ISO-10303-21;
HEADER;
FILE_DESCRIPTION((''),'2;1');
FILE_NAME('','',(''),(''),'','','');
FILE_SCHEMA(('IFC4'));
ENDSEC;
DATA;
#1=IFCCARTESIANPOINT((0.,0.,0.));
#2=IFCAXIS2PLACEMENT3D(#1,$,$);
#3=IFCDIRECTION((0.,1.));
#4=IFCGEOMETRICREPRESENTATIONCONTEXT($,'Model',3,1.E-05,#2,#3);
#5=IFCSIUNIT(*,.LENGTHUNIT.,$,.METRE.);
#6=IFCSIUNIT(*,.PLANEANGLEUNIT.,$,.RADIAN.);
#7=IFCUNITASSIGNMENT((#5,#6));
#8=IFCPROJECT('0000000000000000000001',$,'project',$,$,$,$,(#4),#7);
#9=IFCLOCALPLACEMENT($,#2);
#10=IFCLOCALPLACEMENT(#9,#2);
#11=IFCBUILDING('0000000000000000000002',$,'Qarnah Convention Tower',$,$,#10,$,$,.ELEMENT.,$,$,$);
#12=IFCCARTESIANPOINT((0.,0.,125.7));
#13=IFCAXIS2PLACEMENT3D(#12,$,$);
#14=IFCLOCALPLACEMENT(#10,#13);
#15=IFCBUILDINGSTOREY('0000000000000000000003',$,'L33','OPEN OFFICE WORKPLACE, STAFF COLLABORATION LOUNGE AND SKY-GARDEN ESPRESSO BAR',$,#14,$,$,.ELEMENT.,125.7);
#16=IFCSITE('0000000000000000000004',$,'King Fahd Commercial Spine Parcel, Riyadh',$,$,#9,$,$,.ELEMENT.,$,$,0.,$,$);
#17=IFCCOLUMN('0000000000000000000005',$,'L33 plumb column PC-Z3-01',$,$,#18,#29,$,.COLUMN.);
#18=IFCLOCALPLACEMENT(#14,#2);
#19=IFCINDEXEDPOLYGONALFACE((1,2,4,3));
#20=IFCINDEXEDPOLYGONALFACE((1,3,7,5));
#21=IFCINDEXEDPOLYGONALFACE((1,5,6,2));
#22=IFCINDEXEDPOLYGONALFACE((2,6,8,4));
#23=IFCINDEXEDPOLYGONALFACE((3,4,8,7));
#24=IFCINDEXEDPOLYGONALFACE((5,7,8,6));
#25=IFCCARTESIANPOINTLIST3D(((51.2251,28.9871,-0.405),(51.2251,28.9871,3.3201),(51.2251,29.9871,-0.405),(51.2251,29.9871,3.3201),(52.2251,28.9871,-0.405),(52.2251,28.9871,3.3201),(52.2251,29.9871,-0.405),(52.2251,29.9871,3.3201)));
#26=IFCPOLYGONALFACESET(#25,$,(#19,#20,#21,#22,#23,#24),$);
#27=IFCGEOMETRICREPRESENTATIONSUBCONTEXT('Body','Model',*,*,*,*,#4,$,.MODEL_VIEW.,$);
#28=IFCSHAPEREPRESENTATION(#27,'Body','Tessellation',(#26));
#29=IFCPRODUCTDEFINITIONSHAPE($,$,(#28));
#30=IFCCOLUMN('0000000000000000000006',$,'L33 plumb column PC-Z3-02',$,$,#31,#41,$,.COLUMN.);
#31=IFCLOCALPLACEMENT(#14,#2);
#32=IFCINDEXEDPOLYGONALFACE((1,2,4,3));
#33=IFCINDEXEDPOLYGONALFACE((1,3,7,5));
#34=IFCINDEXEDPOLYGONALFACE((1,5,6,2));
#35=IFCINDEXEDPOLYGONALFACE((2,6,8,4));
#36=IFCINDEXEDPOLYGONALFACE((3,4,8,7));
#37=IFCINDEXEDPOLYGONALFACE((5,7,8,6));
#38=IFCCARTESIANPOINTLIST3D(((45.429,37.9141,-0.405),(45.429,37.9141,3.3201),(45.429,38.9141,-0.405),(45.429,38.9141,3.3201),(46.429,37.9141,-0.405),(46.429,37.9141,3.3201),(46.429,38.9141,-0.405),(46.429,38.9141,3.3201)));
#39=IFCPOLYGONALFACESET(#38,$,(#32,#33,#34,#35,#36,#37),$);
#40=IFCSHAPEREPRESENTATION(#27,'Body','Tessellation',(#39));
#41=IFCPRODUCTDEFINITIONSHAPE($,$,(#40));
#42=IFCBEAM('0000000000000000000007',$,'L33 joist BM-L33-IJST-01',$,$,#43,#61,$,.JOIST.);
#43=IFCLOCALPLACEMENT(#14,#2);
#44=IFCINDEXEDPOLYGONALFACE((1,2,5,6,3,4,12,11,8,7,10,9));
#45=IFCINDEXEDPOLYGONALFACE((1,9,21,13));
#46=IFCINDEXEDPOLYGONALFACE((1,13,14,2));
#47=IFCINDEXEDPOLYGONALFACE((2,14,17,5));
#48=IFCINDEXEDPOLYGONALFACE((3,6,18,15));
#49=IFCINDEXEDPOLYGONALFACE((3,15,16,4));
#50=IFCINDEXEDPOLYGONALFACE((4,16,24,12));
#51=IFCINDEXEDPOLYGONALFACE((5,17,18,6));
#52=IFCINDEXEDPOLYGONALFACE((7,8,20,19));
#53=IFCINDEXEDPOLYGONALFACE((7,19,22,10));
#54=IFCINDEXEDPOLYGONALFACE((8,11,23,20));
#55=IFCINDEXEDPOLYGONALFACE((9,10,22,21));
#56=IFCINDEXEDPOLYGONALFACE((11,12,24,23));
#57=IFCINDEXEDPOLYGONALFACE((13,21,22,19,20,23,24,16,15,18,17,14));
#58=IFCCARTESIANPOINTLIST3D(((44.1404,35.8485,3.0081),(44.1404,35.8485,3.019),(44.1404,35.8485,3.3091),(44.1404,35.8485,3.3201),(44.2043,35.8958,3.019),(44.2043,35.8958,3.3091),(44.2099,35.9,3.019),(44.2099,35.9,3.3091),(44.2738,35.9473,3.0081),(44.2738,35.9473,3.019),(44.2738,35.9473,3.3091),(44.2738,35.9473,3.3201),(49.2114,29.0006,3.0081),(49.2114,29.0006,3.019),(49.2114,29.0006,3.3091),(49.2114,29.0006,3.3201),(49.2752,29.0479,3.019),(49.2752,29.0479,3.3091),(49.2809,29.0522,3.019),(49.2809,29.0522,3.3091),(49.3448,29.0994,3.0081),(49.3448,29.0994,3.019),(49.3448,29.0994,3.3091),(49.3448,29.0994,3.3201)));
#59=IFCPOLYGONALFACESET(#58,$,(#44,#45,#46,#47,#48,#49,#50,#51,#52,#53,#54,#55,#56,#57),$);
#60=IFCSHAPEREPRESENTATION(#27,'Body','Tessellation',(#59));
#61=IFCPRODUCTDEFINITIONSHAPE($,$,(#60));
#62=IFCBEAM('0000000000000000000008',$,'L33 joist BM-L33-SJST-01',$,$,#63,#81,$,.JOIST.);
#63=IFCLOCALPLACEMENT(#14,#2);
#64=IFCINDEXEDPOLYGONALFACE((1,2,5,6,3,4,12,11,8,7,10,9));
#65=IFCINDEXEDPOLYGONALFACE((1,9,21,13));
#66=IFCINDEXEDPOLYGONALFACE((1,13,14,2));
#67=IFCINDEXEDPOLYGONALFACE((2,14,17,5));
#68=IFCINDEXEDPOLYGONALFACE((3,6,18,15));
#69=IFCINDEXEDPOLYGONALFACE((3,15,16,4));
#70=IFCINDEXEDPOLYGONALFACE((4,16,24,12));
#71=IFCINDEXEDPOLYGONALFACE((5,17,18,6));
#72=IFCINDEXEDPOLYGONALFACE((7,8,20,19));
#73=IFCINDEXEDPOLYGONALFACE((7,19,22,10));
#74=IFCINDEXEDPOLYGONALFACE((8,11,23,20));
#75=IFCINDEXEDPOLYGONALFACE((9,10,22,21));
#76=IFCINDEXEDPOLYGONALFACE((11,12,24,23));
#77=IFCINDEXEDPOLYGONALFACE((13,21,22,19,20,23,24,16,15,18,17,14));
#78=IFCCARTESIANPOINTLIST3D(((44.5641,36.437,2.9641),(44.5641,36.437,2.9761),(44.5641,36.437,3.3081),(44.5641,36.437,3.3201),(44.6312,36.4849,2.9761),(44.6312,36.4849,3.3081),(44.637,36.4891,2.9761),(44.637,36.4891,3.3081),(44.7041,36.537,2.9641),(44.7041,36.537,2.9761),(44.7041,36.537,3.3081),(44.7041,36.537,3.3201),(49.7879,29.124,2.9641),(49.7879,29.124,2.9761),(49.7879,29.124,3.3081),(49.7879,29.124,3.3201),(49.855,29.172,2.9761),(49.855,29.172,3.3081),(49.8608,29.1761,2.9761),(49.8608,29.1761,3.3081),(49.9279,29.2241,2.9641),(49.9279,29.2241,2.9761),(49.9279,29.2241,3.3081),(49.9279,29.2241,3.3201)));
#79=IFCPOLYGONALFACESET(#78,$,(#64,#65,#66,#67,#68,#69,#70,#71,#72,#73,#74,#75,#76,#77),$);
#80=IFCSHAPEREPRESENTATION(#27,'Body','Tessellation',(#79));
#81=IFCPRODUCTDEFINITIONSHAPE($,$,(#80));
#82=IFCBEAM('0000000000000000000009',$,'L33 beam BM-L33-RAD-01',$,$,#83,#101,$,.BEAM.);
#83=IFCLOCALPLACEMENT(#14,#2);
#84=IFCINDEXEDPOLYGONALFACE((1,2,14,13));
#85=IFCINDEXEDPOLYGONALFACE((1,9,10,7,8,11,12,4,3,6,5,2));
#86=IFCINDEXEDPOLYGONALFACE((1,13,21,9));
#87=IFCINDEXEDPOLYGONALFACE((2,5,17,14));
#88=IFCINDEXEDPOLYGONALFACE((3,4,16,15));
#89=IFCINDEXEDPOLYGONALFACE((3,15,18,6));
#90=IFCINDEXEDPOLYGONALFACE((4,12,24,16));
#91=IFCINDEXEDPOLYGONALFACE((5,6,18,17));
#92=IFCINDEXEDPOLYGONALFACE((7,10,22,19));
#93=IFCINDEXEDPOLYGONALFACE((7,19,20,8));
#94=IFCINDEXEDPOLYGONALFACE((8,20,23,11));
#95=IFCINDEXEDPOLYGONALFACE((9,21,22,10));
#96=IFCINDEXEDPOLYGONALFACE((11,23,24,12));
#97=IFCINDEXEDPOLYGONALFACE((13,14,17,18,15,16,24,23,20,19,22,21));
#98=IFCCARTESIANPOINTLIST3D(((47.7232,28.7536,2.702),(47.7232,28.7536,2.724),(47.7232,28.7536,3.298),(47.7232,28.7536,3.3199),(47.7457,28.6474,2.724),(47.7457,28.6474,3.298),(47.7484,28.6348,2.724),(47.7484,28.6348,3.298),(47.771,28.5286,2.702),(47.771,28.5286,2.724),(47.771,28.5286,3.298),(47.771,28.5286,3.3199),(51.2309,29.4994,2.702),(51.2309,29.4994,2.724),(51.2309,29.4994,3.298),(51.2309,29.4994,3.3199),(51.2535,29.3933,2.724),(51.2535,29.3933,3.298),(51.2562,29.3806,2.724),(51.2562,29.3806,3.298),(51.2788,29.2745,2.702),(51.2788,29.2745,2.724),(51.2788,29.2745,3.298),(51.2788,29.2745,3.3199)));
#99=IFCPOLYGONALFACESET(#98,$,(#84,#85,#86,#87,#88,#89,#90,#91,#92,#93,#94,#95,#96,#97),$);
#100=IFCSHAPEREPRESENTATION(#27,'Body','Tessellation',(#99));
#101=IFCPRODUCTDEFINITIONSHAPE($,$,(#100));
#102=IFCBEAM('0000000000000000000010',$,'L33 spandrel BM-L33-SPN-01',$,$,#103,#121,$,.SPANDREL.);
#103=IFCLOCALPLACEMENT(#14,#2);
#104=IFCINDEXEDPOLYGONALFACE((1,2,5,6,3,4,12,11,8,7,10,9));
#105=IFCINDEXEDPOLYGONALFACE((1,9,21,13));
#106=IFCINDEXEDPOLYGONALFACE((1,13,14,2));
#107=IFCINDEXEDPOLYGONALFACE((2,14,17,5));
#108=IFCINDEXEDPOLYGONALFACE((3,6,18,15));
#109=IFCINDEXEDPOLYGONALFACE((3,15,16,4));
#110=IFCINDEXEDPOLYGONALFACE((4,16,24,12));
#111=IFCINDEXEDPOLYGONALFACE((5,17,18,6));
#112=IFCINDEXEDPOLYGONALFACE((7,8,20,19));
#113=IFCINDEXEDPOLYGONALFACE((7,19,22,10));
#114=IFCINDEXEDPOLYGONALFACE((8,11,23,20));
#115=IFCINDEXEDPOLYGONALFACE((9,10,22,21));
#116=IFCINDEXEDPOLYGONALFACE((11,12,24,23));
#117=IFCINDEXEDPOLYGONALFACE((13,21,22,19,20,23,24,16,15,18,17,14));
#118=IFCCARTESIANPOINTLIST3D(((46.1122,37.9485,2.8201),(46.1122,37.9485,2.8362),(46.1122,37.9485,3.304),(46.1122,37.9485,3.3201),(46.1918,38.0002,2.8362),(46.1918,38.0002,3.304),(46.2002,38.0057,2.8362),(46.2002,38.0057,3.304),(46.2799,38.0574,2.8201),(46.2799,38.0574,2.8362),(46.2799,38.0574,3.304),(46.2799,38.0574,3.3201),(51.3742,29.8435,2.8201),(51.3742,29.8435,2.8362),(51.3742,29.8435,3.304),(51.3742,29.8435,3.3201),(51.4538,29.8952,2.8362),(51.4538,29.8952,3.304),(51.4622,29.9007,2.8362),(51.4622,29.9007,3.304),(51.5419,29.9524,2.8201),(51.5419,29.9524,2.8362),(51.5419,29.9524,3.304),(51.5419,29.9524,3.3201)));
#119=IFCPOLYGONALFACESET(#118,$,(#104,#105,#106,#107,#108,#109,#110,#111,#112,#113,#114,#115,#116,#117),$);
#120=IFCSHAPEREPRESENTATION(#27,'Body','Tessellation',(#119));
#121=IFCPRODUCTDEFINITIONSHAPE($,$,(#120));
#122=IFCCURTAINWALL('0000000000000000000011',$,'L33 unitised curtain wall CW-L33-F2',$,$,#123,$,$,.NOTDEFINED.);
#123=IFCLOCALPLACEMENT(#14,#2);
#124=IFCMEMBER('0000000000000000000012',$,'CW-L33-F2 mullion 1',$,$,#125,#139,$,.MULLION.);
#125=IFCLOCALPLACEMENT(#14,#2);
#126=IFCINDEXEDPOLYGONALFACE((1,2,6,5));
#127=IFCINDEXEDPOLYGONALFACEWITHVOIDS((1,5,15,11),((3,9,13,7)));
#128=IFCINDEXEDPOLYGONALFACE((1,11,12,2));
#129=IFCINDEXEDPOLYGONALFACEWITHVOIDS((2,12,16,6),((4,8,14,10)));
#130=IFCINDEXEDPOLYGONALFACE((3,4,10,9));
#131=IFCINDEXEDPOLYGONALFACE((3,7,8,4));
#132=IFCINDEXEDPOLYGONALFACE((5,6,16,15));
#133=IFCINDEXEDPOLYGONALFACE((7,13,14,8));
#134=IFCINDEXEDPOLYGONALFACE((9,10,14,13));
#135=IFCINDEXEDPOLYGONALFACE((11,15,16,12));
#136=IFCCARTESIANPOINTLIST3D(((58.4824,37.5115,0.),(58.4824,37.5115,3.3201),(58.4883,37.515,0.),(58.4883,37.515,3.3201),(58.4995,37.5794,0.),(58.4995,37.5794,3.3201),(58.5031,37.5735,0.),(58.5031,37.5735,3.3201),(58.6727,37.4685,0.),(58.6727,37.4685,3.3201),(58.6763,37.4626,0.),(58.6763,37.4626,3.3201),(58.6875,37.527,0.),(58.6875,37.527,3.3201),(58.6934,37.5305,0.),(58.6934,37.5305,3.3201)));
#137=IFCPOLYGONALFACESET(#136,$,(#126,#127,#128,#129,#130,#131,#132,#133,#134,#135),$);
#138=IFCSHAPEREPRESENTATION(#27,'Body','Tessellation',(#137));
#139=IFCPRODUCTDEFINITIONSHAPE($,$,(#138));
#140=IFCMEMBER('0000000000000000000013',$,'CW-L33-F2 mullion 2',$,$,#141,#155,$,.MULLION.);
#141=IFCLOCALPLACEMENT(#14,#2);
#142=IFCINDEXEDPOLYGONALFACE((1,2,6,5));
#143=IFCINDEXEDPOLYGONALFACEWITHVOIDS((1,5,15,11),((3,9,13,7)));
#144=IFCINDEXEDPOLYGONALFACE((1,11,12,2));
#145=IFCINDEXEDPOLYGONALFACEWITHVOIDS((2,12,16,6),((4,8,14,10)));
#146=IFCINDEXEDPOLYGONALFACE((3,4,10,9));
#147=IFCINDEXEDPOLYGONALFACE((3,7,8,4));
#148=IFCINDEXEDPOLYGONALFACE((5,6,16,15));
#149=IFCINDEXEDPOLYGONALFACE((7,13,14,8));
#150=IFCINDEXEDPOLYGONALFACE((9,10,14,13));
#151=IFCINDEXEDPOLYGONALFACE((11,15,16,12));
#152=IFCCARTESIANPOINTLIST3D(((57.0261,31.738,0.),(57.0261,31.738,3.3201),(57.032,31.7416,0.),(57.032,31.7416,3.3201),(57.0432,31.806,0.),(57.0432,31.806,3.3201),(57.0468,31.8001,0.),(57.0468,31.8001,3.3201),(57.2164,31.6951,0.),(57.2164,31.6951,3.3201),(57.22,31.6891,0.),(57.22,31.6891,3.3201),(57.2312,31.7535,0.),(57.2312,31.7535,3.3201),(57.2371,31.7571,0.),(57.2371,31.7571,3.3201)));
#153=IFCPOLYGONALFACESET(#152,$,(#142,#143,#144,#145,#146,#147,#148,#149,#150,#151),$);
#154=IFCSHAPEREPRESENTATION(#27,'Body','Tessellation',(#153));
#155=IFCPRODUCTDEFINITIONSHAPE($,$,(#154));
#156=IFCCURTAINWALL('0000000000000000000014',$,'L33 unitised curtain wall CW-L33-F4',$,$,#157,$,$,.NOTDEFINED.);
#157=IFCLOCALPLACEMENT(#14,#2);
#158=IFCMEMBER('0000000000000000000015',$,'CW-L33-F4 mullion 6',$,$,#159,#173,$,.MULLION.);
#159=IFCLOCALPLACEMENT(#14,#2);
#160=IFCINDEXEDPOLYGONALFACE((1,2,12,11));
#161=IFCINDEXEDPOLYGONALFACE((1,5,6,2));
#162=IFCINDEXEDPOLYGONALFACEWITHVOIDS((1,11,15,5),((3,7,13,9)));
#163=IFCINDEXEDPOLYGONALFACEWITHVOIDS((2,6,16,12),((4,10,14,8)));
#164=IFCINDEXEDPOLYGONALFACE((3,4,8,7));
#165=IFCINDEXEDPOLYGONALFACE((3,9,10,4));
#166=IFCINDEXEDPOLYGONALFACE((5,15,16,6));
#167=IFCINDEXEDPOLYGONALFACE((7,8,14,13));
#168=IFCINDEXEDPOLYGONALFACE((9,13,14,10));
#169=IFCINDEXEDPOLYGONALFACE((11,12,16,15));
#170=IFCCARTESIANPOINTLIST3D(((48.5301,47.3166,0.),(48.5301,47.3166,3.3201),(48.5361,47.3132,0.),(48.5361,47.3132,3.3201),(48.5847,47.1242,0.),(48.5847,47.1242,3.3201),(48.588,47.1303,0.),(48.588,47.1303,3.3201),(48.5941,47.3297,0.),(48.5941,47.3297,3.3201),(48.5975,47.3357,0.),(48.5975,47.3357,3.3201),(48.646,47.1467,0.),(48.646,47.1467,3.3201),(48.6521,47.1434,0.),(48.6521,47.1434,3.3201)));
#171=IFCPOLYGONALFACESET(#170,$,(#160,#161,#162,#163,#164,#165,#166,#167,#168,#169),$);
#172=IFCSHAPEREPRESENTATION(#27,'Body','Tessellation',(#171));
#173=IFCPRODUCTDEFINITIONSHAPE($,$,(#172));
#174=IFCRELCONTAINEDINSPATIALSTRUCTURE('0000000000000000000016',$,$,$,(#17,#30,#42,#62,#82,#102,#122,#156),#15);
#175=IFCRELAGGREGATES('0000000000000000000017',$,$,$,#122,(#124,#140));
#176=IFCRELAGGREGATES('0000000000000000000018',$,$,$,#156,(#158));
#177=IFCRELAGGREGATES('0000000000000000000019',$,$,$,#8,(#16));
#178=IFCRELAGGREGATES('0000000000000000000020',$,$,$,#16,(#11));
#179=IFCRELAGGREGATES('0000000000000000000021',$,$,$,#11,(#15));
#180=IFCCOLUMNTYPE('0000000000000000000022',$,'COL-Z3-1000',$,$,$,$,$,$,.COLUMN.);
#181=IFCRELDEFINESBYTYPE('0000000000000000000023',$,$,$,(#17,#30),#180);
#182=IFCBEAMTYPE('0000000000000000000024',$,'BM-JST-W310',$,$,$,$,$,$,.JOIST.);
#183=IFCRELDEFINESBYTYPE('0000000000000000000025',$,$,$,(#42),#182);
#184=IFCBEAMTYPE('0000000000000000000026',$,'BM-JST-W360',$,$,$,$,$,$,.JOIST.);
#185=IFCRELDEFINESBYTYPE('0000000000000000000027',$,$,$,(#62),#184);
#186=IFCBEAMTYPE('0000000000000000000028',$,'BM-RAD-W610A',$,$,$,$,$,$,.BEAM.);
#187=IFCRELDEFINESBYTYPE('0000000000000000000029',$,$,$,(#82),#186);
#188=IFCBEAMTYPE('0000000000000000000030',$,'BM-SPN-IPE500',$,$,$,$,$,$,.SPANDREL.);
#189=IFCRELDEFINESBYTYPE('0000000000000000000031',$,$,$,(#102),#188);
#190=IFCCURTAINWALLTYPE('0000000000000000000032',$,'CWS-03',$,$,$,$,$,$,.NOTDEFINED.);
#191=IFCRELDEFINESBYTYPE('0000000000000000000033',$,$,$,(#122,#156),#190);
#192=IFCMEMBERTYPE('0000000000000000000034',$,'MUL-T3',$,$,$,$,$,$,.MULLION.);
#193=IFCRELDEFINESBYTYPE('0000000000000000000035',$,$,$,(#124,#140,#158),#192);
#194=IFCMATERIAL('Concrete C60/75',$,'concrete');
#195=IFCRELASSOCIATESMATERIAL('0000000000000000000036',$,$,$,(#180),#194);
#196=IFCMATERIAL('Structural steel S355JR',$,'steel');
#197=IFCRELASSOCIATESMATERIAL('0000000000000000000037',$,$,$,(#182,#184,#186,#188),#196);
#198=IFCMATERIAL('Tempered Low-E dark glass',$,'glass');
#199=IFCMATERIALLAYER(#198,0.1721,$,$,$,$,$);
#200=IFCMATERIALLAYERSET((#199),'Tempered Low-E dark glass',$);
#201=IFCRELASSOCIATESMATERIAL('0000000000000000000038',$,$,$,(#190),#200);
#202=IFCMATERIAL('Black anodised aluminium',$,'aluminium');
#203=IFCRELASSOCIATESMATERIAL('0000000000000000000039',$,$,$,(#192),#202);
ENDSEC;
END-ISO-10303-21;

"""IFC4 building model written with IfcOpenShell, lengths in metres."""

from ifc_helpers import new_model, si_unit, direction, frame, origin, origin_2d, place, context, subcontext, project, spatial, rectangle, hollow_rectangle, i_section, extrude, material, layer, layer_set, material_profile, profile_set, type_object, element, aggregate, save


model = new_model("IFC4")

# Units and contexts
model_context = context("Model", 3, precision=1e-05, world=origin(), true_north=direction((0.0, 1.0)))
body_context = subcontext(model_context, "Body", "Model", "MODEL_VIEW")
ifc_project = project(units=[si_unit("LENGTHUNIT", "METRE"), si_unit("PLANEANGLEUNIT", "RADIAN")], contexts=[model_context])

# Site, building, storey
site_placement = place(None, origin())
site = spatial("IfcSite", under=ifc_project, at=site_placement, Name="King Fahd Commercial Spine Parcel, Riyadh", CompositionType="ELEMENT", RefElevation=0.0)
building_placement = place(site_placement, origin())
building = spatial("IfcBuilding", under=site, at=building_placement, Name="Qarnah Convention Tower", CompositionType="ELEMENT")
storey_placement = place(building_placement, frame((0.0, 0.0, 125.7)))
storey = spatial("IfcBuildingStorey", under=building, at=storey_placement, Name="L33", Description="OPEN OFFICE WORKPLACE, STAFF COLLABORATION LOUNGE AND SKY-GARDEN ESPRESSO BAR", CompositionType="ELEMENT", Elevation=125.7)

# Columns
ifc_material_1 = material(Name="Concrete C60/75", Category="concrete")
ifc_material_profile_1 = material_profile(ifc_material_1, rectangle(XDim=1.0, YDim=1.0, at=origin_2d()), Name="RC-COL-1000X1000")
ifc_profile_set_1 = profile_set([ifc_material_profile_1], Name="Concrete C60/75")
column_type = type_object("IfcColumnType", Name="COL-Z3-1000", PredefinedType="COLUMN", material=ifc_profile_set_1)
for number, where, z_axis, x_axis, name in (
    (1, (51.7251, 29.4871, -0.405), (0.0, 0.0, 1.0), (1.0, 0.0, 0.0), "L33 plumb column PC-Z3-01"),
    (2, (45.929, 38.4141, -0.405), (0.0, 0.0, 1.0), (1.0, 0.0, 0.0), "L33 plumb column PC-Z3-02"),
):
    element("IfcColumn", number, at=place(storey_placement, frame(where, z_axis=z_axis, x_axis=x_axis)), inside=storey, type_object=column_type, Name=name, PredefinedType="COLUMN", context=body_context, shape_type="SweptSolid", body=[
        extrude(rectangle(XDim=1.0, YDim=1.0, at=origin_2d()), origin(), (0.0, 0.0, 1.0), 3.7251),
    ])

# Beams
ifc_material_2 = material(Name="Structural steel S355JR", Category="steel")
ifc_material_profile_2 = material_profile(ifc_material_2, i_section(OverallWidth=0.166, OverallDepth=0.312, WebThickness=0.0071, FlangeThickness=0.011, at=origin_2d()), Name="W310X45")
ifc_profile_set_2 = profile_set([ifc_material_profile_2], Name="Structural steel S355JR")
beam_type_1 = type_object("IfcBeamType", Name="BM-JST-W310", PredefinedType="JOIST", material=ifc_profile_set_2)
beam_1_placement = place(storey_placement, frame((49.2781, 29.05, 3.1641), z_axis=(-0.595116, 0.80364, 0.0), x_axis=(-0.80364, -0.595116, 0.0)))
element("IfcBeam", 3, at=beam_1_placement, inside=storey, type_object=beam_type_1, Name="L33 joist BM-L33-IJST-01", PredefinedType="JOIST", context=body_context, shape_type="SweptSolid", body=[
    extrude(i_section(OverallWidth=0.166, OverallDepth=0.312, WebThickness=0.0071, FlangeThickness=0.011, at=origin_2d()), origin(), (0.0, 0.0, 1.0), 8.521),
])
ifc_material_profile_3 = material_profile(ifc_material_2, i_section(OverallWidth=0.1721, OverallDepth=0.356, WebThickness=0.0071, FlangeThickness=0.012, at=origin_2d()), Name="W360X51")
ifc_profile_set_3 = profile_set([ifc_material_profile_3], Name="Structural steel S355JR")
beam_type_2 = type_object("IfcBeamType", Name="BM-JST-W360", PredefinedType="JOIST", material=ifc_profile_set_3)
beam_2_placement = place(storey_placement, frame((49.8579, 29.1741, 3.1421), z_axis=(-0.581261, 0.813717, 0.0), x_axis=(-0.813717, -0.581261, 0.0)))
element("IfcBeam", 4, at=beam_2_placement, inside=storey, type_object=beam_type_2, Name="L33 joist BM-L33-SJST-01", PredefinedType="JOIST", context=body_context, shape_type="SweptSolid", body=[
    extrude(i_section(OverallWidth=0.1721, OverallDepth=0.356, WebThickness=0.0071, FlangeThickness=0.012, at=origin_2d()), origin(), (0.0, 0.0, 1.0), 8.9871),
])
ifc_material_profile_4 = material_profile(ifc_material_2, i_section(OverallWidth=0.23, OverallDepth=0.6179, WebThickness=0.0129, FlangeThickness=0.022, at=origin_2d()), Name="W610X140")
ifc_profile_set_4 = profile_set([ifc_material_profile_4], Name="Structural steel S355JR")
beam_type_3 = type_object("IfcBeamType", Name="BM-RAD-W610A", PredefinedType="BEAM", material=ifc_profile_set_4)
beam_3_placement = place(storey_placement, frame((47.7471, 28.6411, 3.011), z_axis=(0.978134, 0.207976, 0.0), x_axis=(-0.207976, 0.978134, 0.0)))
element("IfcBeam", 5, at=beam_3_placement, inside=storey, type_object=beam_type_3, Name="L33 beam BM-L33-RAD-01", PredefinedType="BEAM", context=body_context, shape_type="SweptSolid", body=[
    extrude(i_section(OverallWidth=0.23, OverallDepth=0.6179, WebThickness=0.0129, FlangeThickness=0.022, at=origin_2d()), origin(), (0.0, 0.0, 1.0), 3.5862),
])
ifc_material_profile_5 = material_profile(ifc_material_2, i_section(OverallWidth=0.2, OverallDepth=0.5, WebThickness=0.01, FlangeThickness=0.0161, at=origin_2d()), Name="IPE500")
ifc_profile_set_5 = profile_set([ifc_material_profile_5], Name="Structural steel S355JR")
beam_type_4 = type_object("IfcBeamType", Name="BM-SPN-IPE500", PredefinedType="SPANDREL", material=ifc_profile_set_5)
beam_4_placement = place(storey_placement, frame((51.458, 29.8979, 3.0701), z_axis=(-0.544532, 0.83874, 0.0), x_axis=(-0.83874, -0.544532, 0.0)))
element("IfcBeam", 6, at=beam_4_placement, inside=storey, type_object=beam_type_4, Name="L33 spandrel BM-L33-SPN-01", PredefinedType="SPANDREL", context=body_context, shape_type="SweptSolid", body=[
    extrude(i_section(OverallWidth=0.2, OverallDepth=0.5, WebThickness=0.01, FlangeThickness=0.0161, at=origin_2d()), origin(), (0.0, 0.0, 1.0), 9.6633),
])

# Curtain wall, members
ifc_material_3 = material(Name="Tempered Low-E dark glass", Category="glass")
ifc_layer_1 = layer(ifc_material_3, 0.1721)
ifc_layer_set_1 = layer_set([ifc_layer_1], Name="Tempered Low-E dark glass")
curtain_wall_type = type_object("IfcCurtainWallType", Name="CWS-03", PredefinedType="NOTDEFINED", material=ifc_layer_set_1)
curtain_wall_1_placement = place(storey_placement, origin())
curtain_wall_1 = element("IfcCurtainWall", 7, at=curtain_wall_1_placement, inside=storey, type_object=curtain_wall_type, Name="L33 unitised curtain wall CW-L33-F2", PredefinedType="NOTDEFINED")
ifc_material_4 = material(Name="Black anodised aluminium", Category="aluminium")
ifc_material_profile_6 = material_profile(ifc_material_4, hollow_rectangle(XDim=0.0701, YDim=0.2, WallThickness=0.0049, at=origin_2d()), Name="MUL-70X200")
ifc_profile_set_6 = profile_set([ifc_material_profile_6], Name="Black anodised aluminium")
member_type_1 = type_object("IfcMemberType", Name="MUL-T3", PredefinedType="MULLION", material=ifc_profile_set_6)
member_1_placement = place(storey_placement, frame((58.5879, 37.521, 0.0), z_axis=(0.0, 0.0, 1.0), x_axis=(-0.24461, -0.969622, 0.0)))
member_1 = element("IfcMember", 8, at=member_1_placement, type_object=member_type_1, Name="CW-L33-F2 mullion 1", PredefinedType="MULLION", context=body_context, shape_type="SweptSolid", body=[
    extrude(hollow_rectangle(XDim=0.0701, YDim=0.2, WallThickness=0.0049, at=origin_2d()), origin(), (0.0, 0.0, 1.0), 3.3201),
])
member_2_placement = place(storey_placement, frame((57.1316, 31.7476, 0.0), z_axis=(0.0, 0.0, 1.0), x_axis=(-0.24461, -0.969622, 0.0)))
member_2 = element("IfcMember", 9, at=member_2_placement, type_object=member_type_1, Name="CW-L33-F2 mullion 2", PredefinedType="MULLION", context=body_context, shape_type="SweptSolid", body=[
    extrude(hollow_rectangle(XDim=0.0701, YDim=0.2, WallThickness=0.0049, at=origin_2d()), origin(), (0.0, 0.0, 1.0), 3.3201),
])

# Curtain wall, member
curtain_wall_2_placement = place(storey_placement, origin())
curtain_wall_2 = element("IfcCurtainWall", 10, at=curtain_wall_2_placement, inside=storey, type_object=curtain_wall_type, Name="L33 unitised curtain wall CW-L33-F4", PredefinedType="NOTDEFINED")
member_3_placement = place(storey_placement, frame((48.5911, 47.23, 0.0), z_axis=(0.0, 0.0, 1.0), x_axis=(0.962024, 0.272965, 0.0)))
member_3 = element("IfcMember", 11, at=member_3_placement, type_object=member_type_1, Name="CW-L33-F4 mullion 6", PredefinedType="MULLION", context=body_context, shape_type="SweptSolid", body=[
    extrude(hollow_rectangle(XDim=0.0701, YDim=0.2, WallThickness=0.0049, at=origin_2d()), origin(), (0.0, 0.0, 1.0), 3.3201),
])

aggregate(curtain_wall_1, [member_1, member_2])
aggregate(curtain_wall_2, [member_3])

save(model, "model.ifc")
